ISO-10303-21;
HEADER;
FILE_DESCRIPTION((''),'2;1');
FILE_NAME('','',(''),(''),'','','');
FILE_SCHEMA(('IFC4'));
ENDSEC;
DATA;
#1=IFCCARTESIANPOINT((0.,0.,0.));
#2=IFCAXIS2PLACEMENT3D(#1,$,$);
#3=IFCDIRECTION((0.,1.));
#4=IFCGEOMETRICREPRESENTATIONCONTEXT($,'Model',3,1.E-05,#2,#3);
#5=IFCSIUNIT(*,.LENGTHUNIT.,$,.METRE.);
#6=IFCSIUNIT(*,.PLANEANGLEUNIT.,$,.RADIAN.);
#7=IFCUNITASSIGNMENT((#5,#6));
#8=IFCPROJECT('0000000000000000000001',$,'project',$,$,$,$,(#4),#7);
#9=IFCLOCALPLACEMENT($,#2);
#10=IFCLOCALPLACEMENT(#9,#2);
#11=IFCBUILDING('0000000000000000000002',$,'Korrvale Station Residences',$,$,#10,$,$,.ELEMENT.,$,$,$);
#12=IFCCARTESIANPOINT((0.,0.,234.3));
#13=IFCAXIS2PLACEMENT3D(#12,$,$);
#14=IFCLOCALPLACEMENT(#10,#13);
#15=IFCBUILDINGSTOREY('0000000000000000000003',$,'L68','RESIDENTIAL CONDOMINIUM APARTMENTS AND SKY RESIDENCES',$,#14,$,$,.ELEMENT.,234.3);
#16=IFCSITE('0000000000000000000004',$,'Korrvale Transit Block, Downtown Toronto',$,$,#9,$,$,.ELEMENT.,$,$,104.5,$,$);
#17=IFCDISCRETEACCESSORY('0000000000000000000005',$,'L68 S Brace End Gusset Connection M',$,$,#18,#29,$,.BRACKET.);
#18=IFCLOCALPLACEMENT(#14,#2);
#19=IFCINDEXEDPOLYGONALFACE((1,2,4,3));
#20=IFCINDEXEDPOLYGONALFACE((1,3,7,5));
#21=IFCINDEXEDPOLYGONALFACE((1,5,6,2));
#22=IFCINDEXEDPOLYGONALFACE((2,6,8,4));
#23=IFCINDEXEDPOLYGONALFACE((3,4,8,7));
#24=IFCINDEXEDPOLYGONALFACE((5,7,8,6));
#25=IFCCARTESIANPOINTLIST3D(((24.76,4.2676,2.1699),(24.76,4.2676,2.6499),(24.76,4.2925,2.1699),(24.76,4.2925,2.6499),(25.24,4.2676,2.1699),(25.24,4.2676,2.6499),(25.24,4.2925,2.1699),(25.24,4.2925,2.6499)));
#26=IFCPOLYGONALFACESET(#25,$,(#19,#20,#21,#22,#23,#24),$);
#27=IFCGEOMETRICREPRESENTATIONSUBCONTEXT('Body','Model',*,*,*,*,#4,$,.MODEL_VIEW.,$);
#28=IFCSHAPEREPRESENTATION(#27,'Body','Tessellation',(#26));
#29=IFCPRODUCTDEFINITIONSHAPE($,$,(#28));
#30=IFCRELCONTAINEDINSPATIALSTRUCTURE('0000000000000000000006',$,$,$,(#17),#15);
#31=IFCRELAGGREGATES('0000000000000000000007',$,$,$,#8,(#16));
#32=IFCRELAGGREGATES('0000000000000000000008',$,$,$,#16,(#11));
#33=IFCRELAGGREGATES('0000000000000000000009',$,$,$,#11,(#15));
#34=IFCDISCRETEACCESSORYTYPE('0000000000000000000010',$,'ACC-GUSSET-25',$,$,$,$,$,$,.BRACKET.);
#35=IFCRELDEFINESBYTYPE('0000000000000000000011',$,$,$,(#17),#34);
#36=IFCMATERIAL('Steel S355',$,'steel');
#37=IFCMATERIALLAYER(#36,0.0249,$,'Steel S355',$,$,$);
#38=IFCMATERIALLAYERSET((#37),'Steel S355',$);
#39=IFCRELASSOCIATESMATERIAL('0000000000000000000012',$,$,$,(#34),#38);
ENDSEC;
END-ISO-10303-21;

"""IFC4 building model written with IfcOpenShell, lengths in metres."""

from ifc_helpers import new_model, si_unit, direction, frame, origin, origin_2d, place, context, subcontext, project, spatial, rectangle, extrude, material, layer, layer_set, type_object, element, save


model = new_model("IFC4")

# Units and contexts
model_context = context("Model", 3, precision=1e-05, world=origin(), true_north=direction((0.0, 1.0)))
body_context = subcontext(model_context, "Body", "Model", "MODEL_VIEW")
ifc_project = project(units=[si_unit("LENGTHUNIT", "METRE"), si_unit("PLANEANGLEUNIT", "RADIAN")], contexts=[model_context])

# Site, building, storey
site_placement = place(None, origin())
site = spatial("IfcSite", under=ifc_project, at=site_placement, Name="Korrvale Transit Block, Downtown Toronto", CompositionType="ELEMENT", RefElevation=104.5)
building_placement = place(site_placement, origin())
building = spatial("IfcBuilding", under=site, at=building_placement, Name="Korrvale Station Residences", CompositionType="ELEMENT")
storey_placement = place(building_placement, frame((0.0, 0.0, 234.3)))
storey = spatial("IfcBuildingStorey", under=building, at=storey_placement, Name="L68", Description="RESIDENTIAL CONDOMINIUM APARTMENTS AND SKY RESIDENCES", CompositionType="ELEMENT", Elevation=234.3)

# Shared definitions
ifc_material_1 = material(Name="Steel S355", Category="steel")

# Discrete accessory
ifc_layer_1 = layer(ifc_material_1, 0.0249, Name="Steel S355")
ifc_layer_set_1 = layer_set([ifc_layer_1], Name="Steel S355")
discrete_accessory_type = type_object("IfcDiscreteAccessoryType", Name="ACC-GUSSET-25", PredefinedType="BRACKET", material=ifc_layer_set_1)
for number, where, z_axis, x_axis, name in (
    (1, (25.0, 4.28, 2.1699), (0.0, 0.0, 1.0), (1.0, 0.0, 0.0), "L68 S Brace End Gusset Connection M"),
):
    element("IfcDiscreteAccessory", number, at=place(storey_placement, frame(where, z_axis=z_axis, x_axis=x_axis)), inside=storey, type_object=discrete_accessory_type, Name=name, PredefinedType="BRACKET", context=body_context, shape_type="SweptSolid", body=[
        extrude(rectangle(XDim=0.48, YDim=0.0249, at=origin_2d()), origin(), (0.0, 0.0, 1.0), 0.48),
    ])

save(model, "model.ifc")
